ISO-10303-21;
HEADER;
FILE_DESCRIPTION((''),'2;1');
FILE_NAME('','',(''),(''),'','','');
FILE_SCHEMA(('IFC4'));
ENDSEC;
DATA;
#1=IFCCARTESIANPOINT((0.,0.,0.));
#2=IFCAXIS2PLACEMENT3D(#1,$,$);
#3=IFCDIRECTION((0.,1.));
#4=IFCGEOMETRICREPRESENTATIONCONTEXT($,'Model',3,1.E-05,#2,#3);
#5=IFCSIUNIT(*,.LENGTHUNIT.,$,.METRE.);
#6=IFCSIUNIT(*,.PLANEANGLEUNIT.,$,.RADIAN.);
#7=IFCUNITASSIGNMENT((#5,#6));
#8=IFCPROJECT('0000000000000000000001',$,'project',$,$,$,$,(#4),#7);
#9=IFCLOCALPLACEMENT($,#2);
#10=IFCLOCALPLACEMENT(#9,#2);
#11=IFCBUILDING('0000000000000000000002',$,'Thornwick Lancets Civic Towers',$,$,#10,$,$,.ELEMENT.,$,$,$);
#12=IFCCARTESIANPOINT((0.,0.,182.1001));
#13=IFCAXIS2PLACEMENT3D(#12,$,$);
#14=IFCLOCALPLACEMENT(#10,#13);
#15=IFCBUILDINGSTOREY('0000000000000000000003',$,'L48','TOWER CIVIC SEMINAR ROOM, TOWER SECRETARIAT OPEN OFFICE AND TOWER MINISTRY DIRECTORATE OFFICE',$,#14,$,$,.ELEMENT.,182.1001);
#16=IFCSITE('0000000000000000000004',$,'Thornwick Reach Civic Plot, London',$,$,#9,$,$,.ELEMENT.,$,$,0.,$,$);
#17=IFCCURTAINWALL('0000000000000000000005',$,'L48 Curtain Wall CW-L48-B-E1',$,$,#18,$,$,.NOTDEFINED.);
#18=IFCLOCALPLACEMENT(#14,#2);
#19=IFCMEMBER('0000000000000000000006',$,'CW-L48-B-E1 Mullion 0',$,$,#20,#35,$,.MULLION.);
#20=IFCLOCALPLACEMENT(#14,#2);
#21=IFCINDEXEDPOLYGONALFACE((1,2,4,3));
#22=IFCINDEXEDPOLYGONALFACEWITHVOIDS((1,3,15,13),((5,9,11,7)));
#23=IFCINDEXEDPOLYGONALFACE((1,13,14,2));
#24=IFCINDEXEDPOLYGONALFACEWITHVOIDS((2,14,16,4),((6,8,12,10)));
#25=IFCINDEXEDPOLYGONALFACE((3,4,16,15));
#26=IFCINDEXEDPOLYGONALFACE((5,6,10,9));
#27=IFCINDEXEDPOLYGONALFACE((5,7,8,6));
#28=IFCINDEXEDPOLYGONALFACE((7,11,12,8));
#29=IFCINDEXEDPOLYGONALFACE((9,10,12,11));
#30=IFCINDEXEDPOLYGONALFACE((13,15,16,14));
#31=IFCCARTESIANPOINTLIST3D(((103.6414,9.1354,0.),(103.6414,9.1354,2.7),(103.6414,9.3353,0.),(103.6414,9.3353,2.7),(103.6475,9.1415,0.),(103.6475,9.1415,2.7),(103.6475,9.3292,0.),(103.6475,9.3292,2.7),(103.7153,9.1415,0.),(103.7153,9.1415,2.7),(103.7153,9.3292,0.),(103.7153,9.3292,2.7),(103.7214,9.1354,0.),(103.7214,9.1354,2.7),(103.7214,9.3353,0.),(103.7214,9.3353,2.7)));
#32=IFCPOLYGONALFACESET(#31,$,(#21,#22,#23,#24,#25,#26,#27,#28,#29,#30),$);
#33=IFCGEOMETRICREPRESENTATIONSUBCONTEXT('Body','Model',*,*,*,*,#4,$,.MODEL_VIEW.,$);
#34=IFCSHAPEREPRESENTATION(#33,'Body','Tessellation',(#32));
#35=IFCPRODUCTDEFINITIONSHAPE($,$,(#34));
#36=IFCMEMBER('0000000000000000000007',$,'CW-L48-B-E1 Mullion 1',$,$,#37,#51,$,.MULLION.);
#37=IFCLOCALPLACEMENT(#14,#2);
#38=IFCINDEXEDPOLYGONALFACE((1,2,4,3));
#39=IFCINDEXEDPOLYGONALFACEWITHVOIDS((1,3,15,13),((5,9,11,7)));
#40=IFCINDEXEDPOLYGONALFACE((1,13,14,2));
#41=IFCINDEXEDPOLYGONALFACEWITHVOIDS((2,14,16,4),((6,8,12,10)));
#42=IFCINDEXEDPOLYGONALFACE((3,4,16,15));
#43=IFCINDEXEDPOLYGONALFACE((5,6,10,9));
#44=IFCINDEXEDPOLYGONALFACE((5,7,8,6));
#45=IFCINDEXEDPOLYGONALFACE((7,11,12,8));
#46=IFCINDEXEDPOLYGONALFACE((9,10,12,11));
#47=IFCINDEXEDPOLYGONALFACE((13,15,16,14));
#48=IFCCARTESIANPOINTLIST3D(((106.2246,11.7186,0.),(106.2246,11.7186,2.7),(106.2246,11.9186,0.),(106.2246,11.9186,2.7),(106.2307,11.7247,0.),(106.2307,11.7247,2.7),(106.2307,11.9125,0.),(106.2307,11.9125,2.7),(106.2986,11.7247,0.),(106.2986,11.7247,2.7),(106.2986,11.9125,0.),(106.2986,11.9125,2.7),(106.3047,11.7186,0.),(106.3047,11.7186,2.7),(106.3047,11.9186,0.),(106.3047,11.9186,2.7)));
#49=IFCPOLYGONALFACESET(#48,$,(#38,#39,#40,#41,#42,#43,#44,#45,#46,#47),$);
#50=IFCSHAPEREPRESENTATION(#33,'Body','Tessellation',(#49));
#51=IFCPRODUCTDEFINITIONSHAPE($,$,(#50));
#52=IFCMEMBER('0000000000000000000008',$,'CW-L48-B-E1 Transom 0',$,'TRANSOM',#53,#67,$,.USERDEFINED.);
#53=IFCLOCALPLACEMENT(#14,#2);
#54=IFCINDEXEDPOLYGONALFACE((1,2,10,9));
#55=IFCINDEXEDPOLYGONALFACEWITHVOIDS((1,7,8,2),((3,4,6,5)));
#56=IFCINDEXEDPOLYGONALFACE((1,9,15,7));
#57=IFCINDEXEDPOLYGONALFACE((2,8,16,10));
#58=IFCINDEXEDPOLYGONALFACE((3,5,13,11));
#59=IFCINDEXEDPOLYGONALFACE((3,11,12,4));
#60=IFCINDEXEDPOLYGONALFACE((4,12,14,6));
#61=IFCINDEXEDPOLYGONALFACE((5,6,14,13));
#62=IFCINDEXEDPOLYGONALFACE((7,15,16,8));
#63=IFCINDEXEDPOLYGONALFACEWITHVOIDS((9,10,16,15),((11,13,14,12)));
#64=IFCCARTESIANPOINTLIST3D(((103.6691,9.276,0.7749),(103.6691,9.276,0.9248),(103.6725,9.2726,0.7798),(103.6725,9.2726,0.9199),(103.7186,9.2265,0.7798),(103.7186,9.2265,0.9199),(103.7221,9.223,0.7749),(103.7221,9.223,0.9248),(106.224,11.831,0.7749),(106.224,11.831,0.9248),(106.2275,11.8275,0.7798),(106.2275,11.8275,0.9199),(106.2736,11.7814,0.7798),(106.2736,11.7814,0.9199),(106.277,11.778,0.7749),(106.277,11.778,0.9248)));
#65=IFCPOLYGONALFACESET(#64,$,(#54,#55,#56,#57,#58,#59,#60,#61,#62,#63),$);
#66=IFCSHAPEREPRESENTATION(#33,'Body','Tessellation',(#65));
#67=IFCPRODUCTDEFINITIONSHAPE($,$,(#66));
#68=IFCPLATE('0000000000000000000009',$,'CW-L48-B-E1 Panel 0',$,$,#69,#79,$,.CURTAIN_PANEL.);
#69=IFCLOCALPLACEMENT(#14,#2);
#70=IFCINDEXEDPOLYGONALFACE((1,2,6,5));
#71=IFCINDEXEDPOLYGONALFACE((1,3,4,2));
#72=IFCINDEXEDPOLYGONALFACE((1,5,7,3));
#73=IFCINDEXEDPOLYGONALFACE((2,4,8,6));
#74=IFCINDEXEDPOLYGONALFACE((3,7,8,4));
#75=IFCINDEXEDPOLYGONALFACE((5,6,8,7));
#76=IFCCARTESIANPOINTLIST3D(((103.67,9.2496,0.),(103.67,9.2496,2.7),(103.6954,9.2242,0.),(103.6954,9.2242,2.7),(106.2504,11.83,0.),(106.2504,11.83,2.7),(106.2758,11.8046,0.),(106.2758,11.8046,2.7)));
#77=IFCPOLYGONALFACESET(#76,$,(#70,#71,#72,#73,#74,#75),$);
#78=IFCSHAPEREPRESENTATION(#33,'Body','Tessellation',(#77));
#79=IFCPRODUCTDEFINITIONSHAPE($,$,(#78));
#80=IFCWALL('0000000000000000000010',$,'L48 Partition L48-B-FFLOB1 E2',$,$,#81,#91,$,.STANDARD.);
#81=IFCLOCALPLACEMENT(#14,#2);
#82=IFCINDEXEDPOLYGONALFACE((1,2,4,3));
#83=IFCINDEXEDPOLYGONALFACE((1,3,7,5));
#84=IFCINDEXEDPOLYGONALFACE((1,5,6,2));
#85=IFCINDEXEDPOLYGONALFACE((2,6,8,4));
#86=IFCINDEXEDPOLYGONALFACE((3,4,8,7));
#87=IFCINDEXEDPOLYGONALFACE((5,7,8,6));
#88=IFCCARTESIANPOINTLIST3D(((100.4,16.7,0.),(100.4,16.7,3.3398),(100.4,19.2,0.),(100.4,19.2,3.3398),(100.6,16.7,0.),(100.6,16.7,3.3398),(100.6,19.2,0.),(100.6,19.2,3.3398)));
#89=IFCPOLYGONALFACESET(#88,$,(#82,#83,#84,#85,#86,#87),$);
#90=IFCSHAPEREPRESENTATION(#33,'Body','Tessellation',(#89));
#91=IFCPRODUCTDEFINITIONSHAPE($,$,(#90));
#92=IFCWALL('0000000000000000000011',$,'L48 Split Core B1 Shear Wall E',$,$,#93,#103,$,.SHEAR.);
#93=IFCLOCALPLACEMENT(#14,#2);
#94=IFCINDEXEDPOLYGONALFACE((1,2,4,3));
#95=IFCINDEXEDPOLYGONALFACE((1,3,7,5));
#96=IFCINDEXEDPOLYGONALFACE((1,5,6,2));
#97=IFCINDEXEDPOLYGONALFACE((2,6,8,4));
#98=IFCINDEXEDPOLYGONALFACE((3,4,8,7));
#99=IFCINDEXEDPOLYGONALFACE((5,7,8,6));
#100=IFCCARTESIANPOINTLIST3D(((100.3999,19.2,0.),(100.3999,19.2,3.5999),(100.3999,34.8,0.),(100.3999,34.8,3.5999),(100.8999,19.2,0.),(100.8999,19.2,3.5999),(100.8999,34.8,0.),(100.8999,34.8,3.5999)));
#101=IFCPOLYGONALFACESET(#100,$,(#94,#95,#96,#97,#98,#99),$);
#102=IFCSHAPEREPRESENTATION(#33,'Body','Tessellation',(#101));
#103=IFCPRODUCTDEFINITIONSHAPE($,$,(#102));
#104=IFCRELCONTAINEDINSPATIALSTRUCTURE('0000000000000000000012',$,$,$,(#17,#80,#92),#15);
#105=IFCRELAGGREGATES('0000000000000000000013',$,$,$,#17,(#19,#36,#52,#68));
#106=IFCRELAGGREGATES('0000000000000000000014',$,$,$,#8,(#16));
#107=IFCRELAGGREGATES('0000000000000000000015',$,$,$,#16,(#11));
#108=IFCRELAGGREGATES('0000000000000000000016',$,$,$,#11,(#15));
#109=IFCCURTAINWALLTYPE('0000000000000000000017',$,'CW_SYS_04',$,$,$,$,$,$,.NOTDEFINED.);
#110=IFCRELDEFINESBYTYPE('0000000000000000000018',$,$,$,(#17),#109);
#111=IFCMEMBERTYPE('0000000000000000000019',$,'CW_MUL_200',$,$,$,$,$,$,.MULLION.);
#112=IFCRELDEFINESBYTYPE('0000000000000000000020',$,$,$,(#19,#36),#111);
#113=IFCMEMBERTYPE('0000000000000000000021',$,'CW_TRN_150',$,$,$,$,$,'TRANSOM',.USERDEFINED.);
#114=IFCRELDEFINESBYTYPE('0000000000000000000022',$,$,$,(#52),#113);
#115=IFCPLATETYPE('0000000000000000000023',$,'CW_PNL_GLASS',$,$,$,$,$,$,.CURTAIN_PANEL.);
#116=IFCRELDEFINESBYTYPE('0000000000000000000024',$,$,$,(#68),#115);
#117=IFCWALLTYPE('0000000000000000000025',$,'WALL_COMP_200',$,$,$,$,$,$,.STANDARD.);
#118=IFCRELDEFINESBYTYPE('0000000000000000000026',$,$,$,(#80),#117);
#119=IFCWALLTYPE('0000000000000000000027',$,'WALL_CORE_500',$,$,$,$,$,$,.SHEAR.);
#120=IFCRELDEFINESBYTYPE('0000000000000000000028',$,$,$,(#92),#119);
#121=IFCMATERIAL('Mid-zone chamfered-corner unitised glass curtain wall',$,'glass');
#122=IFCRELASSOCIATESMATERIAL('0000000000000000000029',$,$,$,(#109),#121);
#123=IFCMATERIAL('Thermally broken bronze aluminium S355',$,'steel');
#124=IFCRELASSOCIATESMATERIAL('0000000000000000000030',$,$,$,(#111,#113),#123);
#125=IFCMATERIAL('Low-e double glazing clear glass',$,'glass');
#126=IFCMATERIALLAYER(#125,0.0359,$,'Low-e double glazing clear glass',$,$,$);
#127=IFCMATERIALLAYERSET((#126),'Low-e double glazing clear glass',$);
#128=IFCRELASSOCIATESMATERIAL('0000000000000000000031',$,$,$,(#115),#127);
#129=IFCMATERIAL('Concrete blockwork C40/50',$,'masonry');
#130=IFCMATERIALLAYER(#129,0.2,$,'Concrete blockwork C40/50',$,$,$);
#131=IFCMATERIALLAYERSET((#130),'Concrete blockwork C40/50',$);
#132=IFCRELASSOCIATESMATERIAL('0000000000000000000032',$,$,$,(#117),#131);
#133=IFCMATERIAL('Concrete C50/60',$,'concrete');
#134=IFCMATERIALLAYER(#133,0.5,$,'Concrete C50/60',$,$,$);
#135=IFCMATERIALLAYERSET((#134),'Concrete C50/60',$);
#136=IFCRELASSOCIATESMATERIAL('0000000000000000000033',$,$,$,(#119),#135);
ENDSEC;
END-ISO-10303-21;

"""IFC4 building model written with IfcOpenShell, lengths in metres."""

from ifc_helpers import new_model, si_unit, direction, frame, frame_2d, origin, origin_2d, place, context, subcontext, project, spatial, rectangle, hollow_rectangle, extrude, material, layer, layer_set, material_profile, profile_set, type_object, element, aggregate, save


model = new_model("IFC4")

# Units and contexts
model_context = context("Model", 3, precision=1e-05, world=origin(), true_north=direction((0.0, 1.0)))
body_context = subcontext(model_context, "Body", "Model", "MODEL_VIEW")
ifc_project = project(units=[si_unit("LENGTHUNIT", "METRE"), si_unit("PLANEANGLEUNIT", "RADIAN")], contexts=[model_context])

# Site, building, storey
site_placement = place(None, origin())
site = spatial("IfcSite", under=ifc_project, at=site_placement, Name="Thornwick Reach Civic Plot, London", CompositionType="ELEMENT", RefElevation=0.0)
building_placement = place(site_placement, origin())
building = spatial("IfcBuilding", under=site, at=building_placement, Name="Thornwick Lancets Civic Towers", CompositionType="ELEMENT")
storey_placement = place(building_placement, frame((0.0, 0.0, 182.1001)))
storey = spatial("IfcBuildingStorey", under=building, at=storey_placement, Name="L48", Description="TOWER CIVIC SEMINAR ROOM, TOWER SECRETARIAT OPEN OFFICE AND TOWER MINISTRY DIRECTORATE OFFICE", CompositionType="ELEMENT", Elevation=182.1001)

# Shared definitions
ifc_material_1 = material(Name="Concrete C50/60", Category="concrete")

# Curtain wall, members, plate
ifc_material_2 = material(Name="Mid-zone chamfered-corner unitised glass curtain wall", Category="glass")
curtain_wall_type = type_object("IfcCurtainWallType", Name="CW_SYS_04", PredefinedType="NOTDEFINED", material=ifc_material_2)
curtain_wall_placement = place(storey_placement, origin())
curtain_wall = element("IfcCurtainWall", 1, at=curtain_wall_placement, inside=storey, type_object=curtain_wall_type, Name="L48 Curtain Wall CW-L48-B-E1", PredefinedType="NOTDEFINED")
ifc_material_3 = material(Name="Thermally broken bronze aluminium S355", Category="steel")
ifc_material_profile_1 = material_profile(ifc_material_3, hollow_rectangle(XDim=0.0801, YDim=0.2, WallThickness=0.0061, at=origin_2d()), Name="RHS 200x80x6")
ifc_profile_set_1 = profile_set([ifc_material_profile_1], Name="Thermally broken bronze aluminium S355")
member_type_1 = type_object("IfcMemberType", Name="CW_MUL_200", PredefinedType="MULLION", material=ifc_profile_set_1)
member_1_placement = place(storey_placement, frame((103.6814, 9.2354, 0.0), z_axis=(0.0, 0.0, 1.0), x_axis=(1.0, 0.0, 0.0)))
member_1 = element("IfcMember", 2, at=member_1_placement, type_object=member_type_1, Name="CW-L48-B-E1 Mullion 0", PredefinedType="MULLION", context=body_context, shape_type="SweptSolid", body=[
    extrude(hollow_rectangle(XDim=0.0801, YDim=0.2, WallThickness=0.0061, at=origin_2d()), origin(), (0.0, 0.0, 1.0), 2.7),
])
member_2_placement = place(storey_placement, frame((106.2646, 11.8186, 0.0), z_axis=(0.0, 0.0, 1.0), x_axis=(1.0, 0.0, 0.0)))
member_2 = element("IfcMember", 3, at=member_2_placement, type_object=member_type_1, Name="CW-L48-B-E1 Mullion 1", PredefinedType="MULLION", context=body_context, shape_type="SweptSolid", body=[
    extrude(hollow_rectangle(XDim=0.0801, YDim=0.2, WallThickness=0.0061, at=origin_2d()), origin(), (0.0, 0.0, 1.0), 2.7),
])
ifc_material_profile_2 = material_profile(ifc_material_3, hollow_rectangle(XDim=0.075, YDim=0.1499, WallThickness=0.0049, at=origin_2d()), Name="RHS 150x75x5")
ifc_profile_set_2 = profile_set([ifc_material_profile_2], Name="Thermally broken bronze aluminium S355")
member_type_2 = type_object("IfcMemberType", Name="CW_TRN_150", ElementType="TRANSOM", PredefinedType="USERDEFINED", material=ifc_profile_set_2)
member_3_placement = place(storey_placement, frame((103.6956, 9.2495, 0.8499), z_axis=(0.707107, 0.707107, 0.0), x_axis=(-0.707107, 0.707107, 0.0)))
member_3 = element("IfcMember", 4, at=member_3_placement, type_object=member_type_2, Name="CW-L48-B-E1 Transom 0", ObjectType="TRANSOM", PredefinedType="USERDEFINED", context=body_context, shape_type="SweptSolid", body=[
    extrude(hollow_rectangle(XDim=0.075, YDim=0.1499, WallThickness=0.0049, at=origin_2d()), origin(), (0.0, 0.0, 1.0), 3.6133),
])
ifc_material_4 = material(Name="Low-e double glazing clear glass", Category="glass")
ifc_layer_1 = layer(ifc_material_4, 0.0359, Name="Low-e double glazing clear glass")
ifc_layer_set_1 = layer_set([ifc_layer_1], Name="Low-e double glazing clear glass")
plate_type = type_object("IfcPlateType", Name="CW_PNL_GLASS", PredefinedType="CURTAIN_PANEL", material=ifc_layer_set_1)
plate_placement = place(storey_placement, frame((104.9729, 10.5271, 0.0), z_axis=(0.0, 0.0, 1.0), x_axis=(0.707107, 0.707107, 0.0)))
plate = element("IfcPlate", 5, at=plate_placement, type_object=plate_type, Name="CW-L48-B-E1 Panel 0", PredefinedType="CURTAIN_PANEL", context=body_context, shape_type="SweptSolid", body=[
    extrude(rectangle(XDim=3.6492, YDim=0.0359, at=origin_2d()), origin(), (0.0, 0.0, 1.0), 2.7),
])
aggregate(curtain_wall, [member_1, member_2, member_3, plate])

# Walls
ifc_material_5 = material(Name="Concrete blockwork C40/50", Category="masonry")
ifc_layer_2 = layer(ifc_material_5, 0.2, Name="Concrete blockwork C40/50")
ifc_layer_set_2 = layer_set([ifc_layer_2], Name="Concrete blockwork C40/50")
wall_type_1 = type_object("IfcWallType", Name="WALL_COMP_200", PredefinedType="STANDARD", material=ifc_layer_set_2)
wall_1_placement = place(storey_placement, frame((100.5, 16.7, 0.0), z_axis=(0.0, 0.0, 1.0), x_axis=(0.0, 1.0, 0.0)))
element("IfcWall", 6, at=wall_1_placement, inside=storey, type_object=wall_type_1, Name="L48 Partition L48-B-FFLOB1 E2", PredefinedType="STANDARD", context=body_context, shape_type="SweptSolid", body=[
    extrude(rectangle(XDim=2.5, YDim=0.2, at=frame_2d((1.25, 0.0))), origin(), (0.0, 0.0, 1.0), 3.3398),
])
ifc_layer_3 = layer(ifc_material_1, 0.5, Name="Concrete C50/60")
ifc_layer_set_3 = layer_set([ifc_layer_3], Name="Concrete C50/60")
wall_type_2 = type_object("IfcWallType", Name="WALL_CORE_500", PredefinedType="SHEAR", material=ifc_layer_set_3)
wall_2_placement = place(storey_placement, frame((100.6499, 19.2, 0.0), z_axis=(0.0, 0.0, 1.0), x_axis=(0.0, 1.0, 0.0)))
element("IfcWall", 7, at=wall_2_placement, inside=storey, type_object=wall_type_2, Name="L48 Split Core B1 Shear Wall E", PredefinedType="SHEAR", context=body_context, shape_type="SweptSolid", body=[
    extrude(rectangle(XDim=15.6001, YDim=0.5, at=frame_2d((7.8, 0.0))), origin(), (0.0, 0.0, 1.0), 3.5999),
])

save(model, "model.ifc")
